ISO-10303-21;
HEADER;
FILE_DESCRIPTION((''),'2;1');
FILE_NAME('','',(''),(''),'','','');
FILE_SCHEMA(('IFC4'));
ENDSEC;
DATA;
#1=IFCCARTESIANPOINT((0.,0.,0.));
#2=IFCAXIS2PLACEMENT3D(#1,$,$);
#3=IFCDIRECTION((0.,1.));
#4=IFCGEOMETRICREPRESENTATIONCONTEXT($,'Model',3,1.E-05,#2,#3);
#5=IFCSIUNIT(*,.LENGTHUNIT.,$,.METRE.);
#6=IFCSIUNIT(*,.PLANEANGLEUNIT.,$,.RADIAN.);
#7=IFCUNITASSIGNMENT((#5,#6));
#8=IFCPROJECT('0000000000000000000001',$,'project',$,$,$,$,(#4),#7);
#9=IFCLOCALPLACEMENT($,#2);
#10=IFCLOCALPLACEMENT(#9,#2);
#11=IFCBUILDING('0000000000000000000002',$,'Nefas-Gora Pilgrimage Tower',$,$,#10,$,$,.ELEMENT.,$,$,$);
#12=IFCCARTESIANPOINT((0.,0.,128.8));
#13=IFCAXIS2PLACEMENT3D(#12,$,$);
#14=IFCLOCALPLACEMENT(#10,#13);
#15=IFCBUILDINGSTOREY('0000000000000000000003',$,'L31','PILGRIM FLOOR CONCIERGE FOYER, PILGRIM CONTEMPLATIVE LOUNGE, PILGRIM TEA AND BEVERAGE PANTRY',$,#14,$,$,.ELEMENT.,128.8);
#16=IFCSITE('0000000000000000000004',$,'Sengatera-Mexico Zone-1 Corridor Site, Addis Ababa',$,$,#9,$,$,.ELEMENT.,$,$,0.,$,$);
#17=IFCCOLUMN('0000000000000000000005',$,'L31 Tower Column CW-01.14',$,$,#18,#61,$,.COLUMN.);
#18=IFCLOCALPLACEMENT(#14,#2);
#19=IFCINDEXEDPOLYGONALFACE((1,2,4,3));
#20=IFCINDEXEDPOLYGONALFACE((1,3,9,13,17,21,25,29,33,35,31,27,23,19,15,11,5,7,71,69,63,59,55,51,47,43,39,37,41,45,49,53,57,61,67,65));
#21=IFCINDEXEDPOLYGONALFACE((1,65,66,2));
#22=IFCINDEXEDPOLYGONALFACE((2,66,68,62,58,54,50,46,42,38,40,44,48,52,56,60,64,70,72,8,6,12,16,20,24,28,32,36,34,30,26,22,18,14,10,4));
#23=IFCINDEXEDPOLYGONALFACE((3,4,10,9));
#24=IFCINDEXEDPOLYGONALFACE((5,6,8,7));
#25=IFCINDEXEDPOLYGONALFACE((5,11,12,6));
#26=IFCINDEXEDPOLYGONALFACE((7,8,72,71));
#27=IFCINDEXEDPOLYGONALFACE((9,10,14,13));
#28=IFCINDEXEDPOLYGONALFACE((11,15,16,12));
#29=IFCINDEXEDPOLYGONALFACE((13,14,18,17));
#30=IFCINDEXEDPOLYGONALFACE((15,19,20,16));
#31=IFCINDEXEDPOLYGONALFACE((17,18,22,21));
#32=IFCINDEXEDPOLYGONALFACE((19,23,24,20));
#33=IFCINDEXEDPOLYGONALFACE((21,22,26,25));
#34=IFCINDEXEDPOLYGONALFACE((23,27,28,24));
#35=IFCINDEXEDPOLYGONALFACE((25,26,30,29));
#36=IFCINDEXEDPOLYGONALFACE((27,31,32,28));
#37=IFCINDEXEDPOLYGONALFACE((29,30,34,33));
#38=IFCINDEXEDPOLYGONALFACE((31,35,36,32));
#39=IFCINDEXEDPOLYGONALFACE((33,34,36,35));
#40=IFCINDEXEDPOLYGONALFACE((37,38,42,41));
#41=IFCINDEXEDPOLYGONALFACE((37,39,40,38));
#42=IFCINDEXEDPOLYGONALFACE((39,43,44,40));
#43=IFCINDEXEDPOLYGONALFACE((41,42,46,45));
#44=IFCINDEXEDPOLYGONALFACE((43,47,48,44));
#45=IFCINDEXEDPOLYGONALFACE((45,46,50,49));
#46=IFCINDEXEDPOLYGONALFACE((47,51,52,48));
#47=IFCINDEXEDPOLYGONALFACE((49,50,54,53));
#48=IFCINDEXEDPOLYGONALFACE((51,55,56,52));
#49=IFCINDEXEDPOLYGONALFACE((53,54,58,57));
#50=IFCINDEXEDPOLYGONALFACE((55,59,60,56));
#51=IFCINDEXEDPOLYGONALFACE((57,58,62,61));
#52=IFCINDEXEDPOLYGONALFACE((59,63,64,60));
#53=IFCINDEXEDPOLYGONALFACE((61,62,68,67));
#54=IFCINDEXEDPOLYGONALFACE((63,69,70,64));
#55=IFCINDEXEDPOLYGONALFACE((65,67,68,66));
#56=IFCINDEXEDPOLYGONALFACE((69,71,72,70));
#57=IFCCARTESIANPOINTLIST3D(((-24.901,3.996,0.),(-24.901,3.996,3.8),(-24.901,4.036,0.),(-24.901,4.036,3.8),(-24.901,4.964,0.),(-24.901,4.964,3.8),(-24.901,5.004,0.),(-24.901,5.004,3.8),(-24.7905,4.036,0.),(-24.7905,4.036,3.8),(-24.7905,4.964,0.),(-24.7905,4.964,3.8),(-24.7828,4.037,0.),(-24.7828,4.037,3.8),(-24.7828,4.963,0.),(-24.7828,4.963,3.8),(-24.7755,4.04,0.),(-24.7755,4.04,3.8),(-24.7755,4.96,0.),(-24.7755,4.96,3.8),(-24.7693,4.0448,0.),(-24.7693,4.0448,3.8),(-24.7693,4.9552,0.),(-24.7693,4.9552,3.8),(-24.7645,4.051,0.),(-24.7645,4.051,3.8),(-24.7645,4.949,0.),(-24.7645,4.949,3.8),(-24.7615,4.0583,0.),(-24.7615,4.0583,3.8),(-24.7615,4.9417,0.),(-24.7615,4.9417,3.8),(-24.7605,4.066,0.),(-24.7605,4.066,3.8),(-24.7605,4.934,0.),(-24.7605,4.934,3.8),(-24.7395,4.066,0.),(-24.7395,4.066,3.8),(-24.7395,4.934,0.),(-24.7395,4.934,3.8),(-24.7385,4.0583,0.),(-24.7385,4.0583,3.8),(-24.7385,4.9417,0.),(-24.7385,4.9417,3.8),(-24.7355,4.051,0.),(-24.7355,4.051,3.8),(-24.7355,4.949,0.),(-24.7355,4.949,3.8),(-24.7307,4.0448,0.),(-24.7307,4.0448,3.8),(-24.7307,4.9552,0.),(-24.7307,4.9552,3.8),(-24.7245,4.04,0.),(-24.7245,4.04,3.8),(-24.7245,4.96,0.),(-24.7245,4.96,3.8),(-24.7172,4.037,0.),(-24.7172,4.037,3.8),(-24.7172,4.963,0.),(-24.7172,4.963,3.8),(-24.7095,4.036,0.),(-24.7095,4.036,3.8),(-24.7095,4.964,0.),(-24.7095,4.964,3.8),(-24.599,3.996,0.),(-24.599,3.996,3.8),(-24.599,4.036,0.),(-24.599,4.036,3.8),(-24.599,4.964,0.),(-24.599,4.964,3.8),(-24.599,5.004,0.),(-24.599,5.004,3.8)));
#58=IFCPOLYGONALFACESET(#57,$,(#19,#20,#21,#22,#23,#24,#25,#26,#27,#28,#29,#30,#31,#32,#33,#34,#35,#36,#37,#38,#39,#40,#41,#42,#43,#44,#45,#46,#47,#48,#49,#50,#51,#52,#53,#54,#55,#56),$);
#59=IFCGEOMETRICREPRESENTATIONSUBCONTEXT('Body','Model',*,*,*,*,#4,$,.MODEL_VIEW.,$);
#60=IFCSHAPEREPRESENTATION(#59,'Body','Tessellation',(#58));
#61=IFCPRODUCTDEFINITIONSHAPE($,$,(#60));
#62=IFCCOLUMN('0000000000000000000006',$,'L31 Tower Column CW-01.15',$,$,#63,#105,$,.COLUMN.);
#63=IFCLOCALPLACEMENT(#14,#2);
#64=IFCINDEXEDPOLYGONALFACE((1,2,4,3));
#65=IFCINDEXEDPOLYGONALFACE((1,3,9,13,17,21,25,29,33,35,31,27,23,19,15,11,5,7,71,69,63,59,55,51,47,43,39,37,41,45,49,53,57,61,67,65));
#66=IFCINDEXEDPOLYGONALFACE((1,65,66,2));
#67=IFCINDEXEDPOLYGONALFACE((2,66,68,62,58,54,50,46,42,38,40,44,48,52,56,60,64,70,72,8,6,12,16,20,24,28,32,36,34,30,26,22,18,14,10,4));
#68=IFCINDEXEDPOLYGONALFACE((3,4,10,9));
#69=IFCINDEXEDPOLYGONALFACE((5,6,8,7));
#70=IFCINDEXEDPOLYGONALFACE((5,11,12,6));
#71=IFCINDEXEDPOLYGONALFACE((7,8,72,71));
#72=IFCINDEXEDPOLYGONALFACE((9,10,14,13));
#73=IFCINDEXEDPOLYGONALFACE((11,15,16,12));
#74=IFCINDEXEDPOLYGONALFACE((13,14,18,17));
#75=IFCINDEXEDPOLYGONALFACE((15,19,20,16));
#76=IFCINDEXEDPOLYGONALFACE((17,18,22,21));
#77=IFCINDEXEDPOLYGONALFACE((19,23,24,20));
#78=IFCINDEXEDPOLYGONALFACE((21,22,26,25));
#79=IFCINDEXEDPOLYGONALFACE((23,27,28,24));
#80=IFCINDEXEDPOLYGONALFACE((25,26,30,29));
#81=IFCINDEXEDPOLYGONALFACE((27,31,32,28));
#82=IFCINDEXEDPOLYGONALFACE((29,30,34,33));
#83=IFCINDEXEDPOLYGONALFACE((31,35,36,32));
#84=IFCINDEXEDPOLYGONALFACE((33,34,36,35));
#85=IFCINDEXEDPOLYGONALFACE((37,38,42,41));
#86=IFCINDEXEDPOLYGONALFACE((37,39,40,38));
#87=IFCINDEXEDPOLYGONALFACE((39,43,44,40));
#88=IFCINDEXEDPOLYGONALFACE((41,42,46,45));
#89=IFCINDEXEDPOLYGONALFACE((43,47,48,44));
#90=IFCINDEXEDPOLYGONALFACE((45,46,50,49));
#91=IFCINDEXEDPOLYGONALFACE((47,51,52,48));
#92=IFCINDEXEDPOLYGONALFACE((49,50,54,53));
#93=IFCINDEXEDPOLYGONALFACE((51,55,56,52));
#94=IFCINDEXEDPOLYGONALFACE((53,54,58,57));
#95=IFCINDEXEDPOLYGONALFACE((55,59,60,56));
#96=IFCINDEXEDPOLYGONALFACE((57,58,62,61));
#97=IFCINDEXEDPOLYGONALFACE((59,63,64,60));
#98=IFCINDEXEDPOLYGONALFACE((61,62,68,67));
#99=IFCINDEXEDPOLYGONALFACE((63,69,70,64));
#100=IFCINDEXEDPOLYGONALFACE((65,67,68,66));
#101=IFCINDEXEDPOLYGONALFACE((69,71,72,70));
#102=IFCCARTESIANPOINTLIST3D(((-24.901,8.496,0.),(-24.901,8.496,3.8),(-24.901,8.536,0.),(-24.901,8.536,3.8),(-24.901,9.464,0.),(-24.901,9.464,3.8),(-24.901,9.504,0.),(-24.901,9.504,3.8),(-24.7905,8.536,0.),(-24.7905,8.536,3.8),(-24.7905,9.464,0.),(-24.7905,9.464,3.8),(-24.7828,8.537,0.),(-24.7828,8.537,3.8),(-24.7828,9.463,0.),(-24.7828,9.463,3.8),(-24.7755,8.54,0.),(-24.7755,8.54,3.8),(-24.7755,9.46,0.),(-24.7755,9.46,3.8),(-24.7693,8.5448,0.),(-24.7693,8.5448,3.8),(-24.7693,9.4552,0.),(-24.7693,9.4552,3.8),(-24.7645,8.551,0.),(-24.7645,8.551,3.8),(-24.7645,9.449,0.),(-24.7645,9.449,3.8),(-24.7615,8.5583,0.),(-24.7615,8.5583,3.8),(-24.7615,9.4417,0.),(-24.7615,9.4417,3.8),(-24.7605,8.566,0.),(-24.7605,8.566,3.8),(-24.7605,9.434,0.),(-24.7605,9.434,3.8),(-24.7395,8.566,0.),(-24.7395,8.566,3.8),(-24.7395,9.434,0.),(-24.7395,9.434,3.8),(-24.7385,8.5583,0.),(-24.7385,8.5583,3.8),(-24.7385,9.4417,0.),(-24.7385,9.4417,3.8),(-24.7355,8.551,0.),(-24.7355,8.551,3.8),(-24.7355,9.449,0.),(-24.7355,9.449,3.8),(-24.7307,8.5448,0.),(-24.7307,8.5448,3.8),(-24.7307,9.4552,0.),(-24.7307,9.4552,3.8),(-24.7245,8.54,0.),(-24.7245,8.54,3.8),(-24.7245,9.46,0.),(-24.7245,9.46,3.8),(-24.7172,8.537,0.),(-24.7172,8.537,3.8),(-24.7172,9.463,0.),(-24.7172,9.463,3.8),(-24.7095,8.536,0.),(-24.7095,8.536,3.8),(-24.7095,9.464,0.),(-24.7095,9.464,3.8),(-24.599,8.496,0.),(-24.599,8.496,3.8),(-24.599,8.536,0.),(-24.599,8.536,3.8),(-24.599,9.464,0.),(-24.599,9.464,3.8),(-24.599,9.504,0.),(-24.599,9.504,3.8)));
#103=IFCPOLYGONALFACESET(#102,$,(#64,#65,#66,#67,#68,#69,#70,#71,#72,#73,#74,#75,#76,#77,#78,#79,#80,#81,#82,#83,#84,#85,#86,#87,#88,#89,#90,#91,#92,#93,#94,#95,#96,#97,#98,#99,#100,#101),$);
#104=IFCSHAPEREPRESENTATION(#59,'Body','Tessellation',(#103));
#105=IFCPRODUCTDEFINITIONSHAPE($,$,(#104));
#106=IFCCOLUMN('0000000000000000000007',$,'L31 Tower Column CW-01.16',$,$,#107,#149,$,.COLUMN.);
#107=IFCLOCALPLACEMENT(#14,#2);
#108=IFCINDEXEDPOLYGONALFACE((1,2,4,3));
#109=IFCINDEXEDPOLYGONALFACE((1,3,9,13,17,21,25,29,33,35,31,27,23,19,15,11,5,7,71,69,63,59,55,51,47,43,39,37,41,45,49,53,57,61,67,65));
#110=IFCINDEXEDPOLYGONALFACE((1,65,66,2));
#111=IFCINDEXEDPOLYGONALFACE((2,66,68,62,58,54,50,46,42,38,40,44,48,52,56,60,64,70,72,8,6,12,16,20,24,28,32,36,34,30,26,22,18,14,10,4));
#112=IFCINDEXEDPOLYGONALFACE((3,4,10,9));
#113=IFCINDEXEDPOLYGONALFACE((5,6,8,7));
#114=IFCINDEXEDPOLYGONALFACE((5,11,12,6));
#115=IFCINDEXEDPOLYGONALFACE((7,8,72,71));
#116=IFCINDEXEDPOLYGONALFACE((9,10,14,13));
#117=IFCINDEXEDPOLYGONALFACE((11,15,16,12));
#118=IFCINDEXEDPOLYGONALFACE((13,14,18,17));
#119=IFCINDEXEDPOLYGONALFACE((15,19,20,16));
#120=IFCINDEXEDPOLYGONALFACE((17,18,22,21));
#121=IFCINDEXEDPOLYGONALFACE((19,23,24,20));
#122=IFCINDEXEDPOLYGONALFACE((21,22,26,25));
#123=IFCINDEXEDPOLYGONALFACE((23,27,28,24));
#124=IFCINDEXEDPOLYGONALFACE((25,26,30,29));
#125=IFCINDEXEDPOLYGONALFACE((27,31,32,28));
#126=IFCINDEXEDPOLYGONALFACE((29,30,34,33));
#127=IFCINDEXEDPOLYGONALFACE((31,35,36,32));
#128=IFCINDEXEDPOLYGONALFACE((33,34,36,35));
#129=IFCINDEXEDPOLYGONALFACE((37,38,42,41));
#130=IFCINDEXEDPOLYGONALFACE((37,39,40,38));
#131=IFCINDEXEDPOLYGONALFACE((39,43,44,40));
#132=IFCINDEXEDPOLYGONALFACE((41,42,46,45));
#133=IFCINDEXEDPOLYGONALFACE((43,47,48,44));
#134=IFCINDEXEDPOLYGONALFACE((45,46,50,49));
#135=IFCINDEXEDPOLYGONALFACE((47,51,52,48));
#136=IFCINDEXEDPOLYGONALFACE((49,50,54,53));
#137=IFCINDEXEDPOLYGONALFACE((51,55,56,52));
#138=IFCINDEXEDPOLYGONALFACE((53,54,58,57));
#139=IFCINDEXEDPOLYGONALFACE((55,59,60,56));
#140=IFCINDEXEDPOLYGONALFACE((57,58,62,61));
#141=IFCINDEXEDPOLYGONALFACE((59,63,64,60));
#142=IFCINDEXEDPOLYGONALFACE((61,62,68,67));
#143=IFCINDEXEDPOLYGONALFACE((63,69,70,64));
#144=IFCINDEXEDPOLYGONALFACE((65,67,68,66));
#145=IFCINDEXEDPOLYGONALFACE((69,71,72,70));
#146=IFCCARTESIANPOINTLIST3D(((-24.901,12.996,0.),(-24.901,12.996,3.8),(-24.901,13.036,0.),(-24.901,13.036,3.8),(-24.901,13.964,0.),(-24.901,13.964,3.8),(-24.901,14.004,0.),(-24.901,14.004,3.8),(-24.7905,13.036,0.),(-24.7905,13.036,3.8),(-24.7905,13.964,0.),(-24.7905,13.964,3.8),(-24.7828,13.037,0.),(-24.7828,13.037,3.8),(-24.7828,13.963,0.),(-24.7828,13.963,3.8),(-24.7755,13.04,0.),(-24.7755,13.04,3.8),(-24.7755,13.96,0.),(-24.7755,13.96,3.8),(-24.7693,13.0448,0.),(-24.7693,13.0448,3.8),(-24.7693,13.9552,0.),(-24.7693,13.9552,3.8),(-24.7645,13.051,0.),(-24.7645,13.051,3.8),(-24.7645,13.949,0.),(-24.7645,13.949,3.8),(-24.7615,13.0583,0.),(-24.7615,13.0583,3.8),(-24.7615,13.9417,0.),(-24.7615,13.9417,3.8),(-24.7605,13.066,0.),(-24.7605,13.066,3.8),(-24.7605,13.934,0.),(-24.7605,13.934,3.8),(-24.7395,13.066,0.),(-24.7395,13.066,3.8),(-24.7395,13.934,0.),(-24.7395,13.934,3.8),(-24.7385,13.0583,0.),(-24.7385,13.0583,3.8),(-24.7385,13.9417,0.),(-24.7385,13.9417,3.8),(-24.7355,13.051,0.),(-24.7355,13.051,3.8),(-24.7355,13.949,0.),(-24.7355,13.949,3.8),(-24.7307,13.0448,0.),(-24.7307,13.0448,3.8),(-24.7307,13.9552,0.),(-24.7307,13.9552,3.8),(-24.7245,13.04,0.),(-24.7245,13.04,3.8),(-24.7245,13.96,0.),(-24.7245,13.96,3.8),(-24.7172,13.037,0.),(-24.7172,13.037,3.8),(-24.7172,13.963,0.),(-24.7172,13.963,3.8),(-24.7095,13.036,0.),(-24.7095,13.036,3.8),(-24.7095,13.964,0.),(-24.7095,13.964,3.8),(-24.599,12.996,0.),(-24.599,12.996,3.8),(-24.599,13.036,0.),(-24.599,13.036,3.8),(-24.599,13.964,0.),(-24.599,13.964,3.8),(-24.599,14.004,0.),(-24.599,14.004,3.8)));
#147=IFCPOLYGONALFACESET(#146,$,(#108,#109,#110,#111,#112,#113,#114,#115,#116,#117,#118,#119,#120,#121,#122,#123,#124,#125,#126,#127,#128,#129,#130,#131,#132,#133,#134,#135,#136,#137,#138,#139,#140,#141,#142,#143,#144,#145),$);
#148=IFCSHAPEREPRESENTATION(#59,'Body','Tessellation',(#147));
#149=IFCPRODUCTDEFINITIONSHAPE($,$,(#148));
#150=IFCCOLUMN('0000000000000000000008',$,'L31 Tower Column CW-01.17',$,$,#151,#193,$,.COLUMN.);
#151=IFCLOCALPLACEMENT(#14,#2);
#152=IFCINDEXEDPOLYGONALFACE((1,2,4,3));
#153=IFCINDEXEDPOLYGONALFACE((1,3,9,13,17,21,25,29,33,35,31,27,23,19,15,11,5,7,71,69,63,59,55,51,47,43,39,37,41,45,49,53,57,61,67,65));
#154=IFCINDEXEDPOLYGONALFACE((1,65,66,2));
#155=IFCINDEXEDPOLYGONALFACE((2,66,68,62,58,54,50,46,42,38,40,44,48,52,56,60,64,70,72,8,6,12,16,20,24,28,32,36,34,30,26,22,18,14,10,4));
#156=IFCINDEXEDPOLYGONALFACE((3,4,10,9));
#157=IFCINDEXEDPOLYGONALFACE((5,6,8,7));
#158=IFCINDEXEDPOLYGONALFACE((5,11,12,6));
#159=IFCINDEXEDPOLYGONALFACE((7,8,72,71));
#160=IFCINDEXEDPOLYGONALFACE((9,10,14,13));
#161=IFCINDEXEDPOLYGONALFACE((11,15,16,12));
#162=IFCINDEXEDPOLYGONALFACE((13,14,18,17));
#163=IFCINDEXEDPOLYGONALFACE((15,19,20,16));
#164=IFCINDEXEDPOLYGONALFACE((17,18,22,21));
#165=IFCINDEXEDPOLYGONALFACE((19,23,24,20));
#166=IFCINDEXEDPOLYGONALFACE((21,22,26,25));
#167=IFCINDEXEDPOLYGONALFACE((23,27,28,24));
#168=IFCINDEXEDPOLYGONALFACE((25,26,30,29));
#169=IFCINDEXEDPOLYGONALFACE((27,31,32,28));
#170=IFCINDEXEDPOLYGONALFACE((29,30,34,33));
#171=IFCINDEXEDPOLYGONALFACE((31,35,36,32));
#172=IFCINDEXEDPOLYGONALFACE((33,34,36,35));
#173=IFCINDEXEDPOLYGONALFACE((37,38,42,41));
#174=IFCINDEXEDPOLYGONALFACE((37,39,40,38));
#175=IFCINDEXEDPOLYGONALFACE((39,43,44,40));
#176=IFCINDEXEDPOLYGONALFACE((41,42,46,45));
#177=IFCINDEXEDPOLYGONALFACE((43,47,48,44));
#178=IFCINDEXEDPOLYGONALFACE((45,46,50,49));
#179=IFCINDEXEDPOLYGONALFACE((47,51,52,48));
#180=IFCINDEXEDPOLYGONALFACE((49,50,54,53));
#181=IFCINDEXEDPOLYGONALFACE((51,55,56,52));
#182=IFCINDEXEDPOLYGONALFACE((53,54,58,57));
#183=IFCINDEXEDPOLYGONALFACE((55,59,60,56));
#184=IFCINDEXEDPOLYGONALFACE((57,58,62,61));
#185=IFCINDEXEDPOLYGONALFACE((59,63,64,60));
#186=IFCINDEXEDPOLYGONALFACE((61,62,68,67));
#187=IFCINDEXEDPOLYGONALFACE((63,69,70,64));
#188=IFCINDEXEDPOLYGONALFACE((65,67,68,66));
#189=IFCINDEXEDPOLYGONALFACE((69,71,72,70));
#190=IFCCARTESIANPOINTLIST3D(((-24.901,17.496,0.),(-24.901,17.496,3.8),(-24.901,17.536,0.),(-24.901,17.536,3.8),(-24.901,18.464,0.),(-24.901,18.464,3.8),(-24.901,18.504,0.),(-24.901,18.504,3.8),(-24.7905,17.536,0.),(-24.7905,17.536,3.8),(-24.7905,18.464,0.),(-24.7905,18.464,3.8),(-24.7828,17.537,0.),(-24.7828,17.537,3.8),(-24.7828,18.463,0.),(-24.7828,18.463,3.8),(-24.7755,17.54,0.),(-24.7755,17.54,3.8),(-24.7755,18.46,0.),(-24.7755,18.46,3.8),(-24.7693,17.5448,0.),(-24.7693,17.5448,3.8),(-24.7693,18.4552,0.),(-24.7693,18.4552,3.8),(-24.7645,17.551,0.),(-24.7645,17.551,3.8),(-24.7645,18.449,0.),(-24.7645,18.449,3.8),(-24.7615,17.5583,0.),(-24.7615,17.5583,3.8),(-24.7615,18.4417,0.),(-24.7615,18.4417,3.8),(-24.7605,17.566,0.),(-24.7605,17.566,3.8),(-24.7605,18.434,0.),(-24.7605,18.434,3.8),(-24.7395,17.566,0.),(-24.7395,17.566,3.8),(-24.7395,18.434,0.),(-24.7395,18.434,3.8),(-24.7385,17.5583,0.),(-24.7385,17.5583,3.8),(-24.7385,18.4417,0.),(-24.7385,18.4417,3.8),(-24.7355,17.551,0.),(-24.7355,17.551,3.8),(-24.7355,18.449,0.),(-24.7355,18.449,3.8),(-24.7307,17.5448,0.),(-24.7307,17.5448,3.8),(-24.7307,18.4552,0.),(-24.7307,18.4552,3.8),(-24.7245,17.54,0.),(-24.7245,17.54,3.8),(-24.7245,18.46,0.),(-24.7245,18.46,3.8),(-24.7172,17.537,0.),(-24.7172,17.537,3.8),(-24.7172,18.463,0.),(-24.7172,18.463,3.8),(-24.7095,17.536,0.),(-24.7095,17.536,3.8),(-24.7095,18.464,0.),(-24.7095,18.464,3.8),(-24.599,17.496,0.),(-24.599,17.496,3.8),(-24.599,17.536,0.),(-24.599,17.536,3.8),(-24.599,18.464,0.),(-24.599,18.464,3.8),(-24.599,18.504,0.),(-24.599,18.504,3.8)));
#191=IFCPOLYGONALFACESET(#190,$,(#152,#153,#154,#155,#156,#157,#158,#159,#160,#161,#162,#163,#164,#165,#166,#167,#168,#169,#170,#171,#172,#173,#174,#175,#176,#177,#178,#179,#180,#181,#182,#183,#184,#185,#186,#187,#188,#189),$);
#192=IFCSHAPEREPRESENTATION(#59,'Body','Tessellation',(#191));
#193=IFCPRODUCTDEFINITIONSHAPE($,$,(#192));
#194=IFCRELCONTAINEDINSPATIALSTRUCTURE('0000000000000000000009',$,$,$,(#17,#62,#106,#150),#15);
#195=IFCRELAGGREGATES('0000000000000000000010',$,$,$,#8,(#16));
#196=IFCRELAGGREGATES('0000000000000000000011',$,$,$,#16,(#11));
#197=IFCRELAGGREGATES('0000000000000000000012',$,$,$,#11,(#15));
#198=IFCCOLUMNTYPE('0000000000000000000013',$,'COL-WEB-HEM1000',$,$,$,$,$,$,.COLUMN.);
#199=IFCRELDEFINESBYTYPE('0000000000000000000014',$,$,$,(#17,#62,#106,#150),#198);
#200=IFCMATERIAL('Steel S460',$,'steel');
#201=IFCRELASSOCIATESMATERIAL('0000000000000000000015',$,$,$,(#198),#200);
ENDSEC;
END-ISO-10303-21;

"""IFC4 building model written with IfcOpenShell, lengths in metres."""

from ifc_helpers import new_model, si_unit, direction, frame, origin, origin_2d, place, context, subcontext, project, spatial, i_section, extrude, source, transform, mapped, material, material_profile, profile_set, type_object, element, save


model = new_model("IFC4")

# Units and contexts
model_context = context("Model", 3, precision=1e-05, world=origin(), true_north=direction((0.0, 1.0)))
body_context = subcontext(model_context, "Body", "Model", "MODEL_VIEW")
ifc_project = project(units=[si_unit("LENGTHUNIT", "METRE"), si_unit("PLANEANGLEUNIT", "RADIAN")], contexts=[model_context])

# Site, building, storey
site_placement = place(None, origin())
site = spatial("IfcSite", under=ifc_project, at=site_placement, Name="Sengatera-Mexico Zone-1 Corridor Site, Addis Ababa", CompositionType="ELEMENT", RefElevation=0.0)
building_placement = place(site_placement, origin())
building = spatial("IfcBuilding", under=site, at=building_placement, Name="Nefas-Gora Pilgrimage Tower", CompositionType="ELEMENT")
storey_placement = place(building_placement, frame((0.0, 0.0, 128.8)))
storey = spatial("IfcBuildingStorey", under=building, at=storey_placement, Name="L31", Description="PILGRIM FLOOR CONCIERGE FOYER, PILGRIM CONTEMPLATIVE LOUNGE, PILGRIM TEA AND BEVERAGE PANTRY", CompositionType="ELEMENT", Elevation=128.8)

# Columns
ifc_material_1 = material(Name="Steel S460", Category="steel")
ifc_material_profile_1 = material_profile(ifc_material_1, i_section(OverallWidth=0.302, OverallDepth=1.0081, WebThickness=0.021, FlangeThickness=0.04, FilletRadius=0.03, at=origin_2d()), Name="HEM 1000")
ifc_profile_set_1 = profile_set([ifc_material_profile_1], Name="Steel S460")
column_type_1 = type_object("IfcColumnType", Name="COL-WEB-HEM1000", PredefinedType="COLUMN", material=ifc_profile_set_1)
shared_shape_1 = source(origin(), body_context, "Body", "SweptSolid", [
    extrude(i_section(OverallWidth=0.302, OverallDepth=1.0081, WebThickness=0.021, FlangeThickness=0.04, FilletRadius=0.03, at=origin_2d()), origin(), (0.0, 0.0, 1.0), 3.8),
])
for number, where, z_axis, x_axis, name in (
    (1, (-24.75, 4.5, 0.0), (0.0, 0.0, 1.0), (1.0, 0.0, 0.0), "L31 Tower Column CW-01.14"),
    (2, (-24.75, 9.0, 0.0), (0.0, 0.0, 1.0), (1.0, 0.0, 0.0), "L31 Tower Column CW-01.15"),
    (3, (-24.75, 13.5, 0.0), (0.0, 0.0, 1.0), (1.0, 0.0, 0.0), "L31 Tower Column CW-01.16"),
    (4, (-24.75, 18.0, 0.0), (0.0, 0.0, 1.0), (1.0, 0.0, 0.0), "L31 Tower Column CW-01.17"),
):
    element("IfcColumn", number, at=place(storey_placement, frame(where, z_axis=z_axis, x_axis=x_axis)), inside=storey, type_object=column_type_1, Name=name, PredefinedType="COLUMN", context=body_context, shape_type="MappedRepresentation", body=[
        mapped(shared_shape_1, transform((0.0, 0.0, 0.0), x_axis=(1.0, 0.0, 0.0), y_axis=(0.0, 1.0, 0.0), z_axis=(0.0, 0.0, 1.0), scale=1.0)),
    ])

save(model, "model.ifc")
